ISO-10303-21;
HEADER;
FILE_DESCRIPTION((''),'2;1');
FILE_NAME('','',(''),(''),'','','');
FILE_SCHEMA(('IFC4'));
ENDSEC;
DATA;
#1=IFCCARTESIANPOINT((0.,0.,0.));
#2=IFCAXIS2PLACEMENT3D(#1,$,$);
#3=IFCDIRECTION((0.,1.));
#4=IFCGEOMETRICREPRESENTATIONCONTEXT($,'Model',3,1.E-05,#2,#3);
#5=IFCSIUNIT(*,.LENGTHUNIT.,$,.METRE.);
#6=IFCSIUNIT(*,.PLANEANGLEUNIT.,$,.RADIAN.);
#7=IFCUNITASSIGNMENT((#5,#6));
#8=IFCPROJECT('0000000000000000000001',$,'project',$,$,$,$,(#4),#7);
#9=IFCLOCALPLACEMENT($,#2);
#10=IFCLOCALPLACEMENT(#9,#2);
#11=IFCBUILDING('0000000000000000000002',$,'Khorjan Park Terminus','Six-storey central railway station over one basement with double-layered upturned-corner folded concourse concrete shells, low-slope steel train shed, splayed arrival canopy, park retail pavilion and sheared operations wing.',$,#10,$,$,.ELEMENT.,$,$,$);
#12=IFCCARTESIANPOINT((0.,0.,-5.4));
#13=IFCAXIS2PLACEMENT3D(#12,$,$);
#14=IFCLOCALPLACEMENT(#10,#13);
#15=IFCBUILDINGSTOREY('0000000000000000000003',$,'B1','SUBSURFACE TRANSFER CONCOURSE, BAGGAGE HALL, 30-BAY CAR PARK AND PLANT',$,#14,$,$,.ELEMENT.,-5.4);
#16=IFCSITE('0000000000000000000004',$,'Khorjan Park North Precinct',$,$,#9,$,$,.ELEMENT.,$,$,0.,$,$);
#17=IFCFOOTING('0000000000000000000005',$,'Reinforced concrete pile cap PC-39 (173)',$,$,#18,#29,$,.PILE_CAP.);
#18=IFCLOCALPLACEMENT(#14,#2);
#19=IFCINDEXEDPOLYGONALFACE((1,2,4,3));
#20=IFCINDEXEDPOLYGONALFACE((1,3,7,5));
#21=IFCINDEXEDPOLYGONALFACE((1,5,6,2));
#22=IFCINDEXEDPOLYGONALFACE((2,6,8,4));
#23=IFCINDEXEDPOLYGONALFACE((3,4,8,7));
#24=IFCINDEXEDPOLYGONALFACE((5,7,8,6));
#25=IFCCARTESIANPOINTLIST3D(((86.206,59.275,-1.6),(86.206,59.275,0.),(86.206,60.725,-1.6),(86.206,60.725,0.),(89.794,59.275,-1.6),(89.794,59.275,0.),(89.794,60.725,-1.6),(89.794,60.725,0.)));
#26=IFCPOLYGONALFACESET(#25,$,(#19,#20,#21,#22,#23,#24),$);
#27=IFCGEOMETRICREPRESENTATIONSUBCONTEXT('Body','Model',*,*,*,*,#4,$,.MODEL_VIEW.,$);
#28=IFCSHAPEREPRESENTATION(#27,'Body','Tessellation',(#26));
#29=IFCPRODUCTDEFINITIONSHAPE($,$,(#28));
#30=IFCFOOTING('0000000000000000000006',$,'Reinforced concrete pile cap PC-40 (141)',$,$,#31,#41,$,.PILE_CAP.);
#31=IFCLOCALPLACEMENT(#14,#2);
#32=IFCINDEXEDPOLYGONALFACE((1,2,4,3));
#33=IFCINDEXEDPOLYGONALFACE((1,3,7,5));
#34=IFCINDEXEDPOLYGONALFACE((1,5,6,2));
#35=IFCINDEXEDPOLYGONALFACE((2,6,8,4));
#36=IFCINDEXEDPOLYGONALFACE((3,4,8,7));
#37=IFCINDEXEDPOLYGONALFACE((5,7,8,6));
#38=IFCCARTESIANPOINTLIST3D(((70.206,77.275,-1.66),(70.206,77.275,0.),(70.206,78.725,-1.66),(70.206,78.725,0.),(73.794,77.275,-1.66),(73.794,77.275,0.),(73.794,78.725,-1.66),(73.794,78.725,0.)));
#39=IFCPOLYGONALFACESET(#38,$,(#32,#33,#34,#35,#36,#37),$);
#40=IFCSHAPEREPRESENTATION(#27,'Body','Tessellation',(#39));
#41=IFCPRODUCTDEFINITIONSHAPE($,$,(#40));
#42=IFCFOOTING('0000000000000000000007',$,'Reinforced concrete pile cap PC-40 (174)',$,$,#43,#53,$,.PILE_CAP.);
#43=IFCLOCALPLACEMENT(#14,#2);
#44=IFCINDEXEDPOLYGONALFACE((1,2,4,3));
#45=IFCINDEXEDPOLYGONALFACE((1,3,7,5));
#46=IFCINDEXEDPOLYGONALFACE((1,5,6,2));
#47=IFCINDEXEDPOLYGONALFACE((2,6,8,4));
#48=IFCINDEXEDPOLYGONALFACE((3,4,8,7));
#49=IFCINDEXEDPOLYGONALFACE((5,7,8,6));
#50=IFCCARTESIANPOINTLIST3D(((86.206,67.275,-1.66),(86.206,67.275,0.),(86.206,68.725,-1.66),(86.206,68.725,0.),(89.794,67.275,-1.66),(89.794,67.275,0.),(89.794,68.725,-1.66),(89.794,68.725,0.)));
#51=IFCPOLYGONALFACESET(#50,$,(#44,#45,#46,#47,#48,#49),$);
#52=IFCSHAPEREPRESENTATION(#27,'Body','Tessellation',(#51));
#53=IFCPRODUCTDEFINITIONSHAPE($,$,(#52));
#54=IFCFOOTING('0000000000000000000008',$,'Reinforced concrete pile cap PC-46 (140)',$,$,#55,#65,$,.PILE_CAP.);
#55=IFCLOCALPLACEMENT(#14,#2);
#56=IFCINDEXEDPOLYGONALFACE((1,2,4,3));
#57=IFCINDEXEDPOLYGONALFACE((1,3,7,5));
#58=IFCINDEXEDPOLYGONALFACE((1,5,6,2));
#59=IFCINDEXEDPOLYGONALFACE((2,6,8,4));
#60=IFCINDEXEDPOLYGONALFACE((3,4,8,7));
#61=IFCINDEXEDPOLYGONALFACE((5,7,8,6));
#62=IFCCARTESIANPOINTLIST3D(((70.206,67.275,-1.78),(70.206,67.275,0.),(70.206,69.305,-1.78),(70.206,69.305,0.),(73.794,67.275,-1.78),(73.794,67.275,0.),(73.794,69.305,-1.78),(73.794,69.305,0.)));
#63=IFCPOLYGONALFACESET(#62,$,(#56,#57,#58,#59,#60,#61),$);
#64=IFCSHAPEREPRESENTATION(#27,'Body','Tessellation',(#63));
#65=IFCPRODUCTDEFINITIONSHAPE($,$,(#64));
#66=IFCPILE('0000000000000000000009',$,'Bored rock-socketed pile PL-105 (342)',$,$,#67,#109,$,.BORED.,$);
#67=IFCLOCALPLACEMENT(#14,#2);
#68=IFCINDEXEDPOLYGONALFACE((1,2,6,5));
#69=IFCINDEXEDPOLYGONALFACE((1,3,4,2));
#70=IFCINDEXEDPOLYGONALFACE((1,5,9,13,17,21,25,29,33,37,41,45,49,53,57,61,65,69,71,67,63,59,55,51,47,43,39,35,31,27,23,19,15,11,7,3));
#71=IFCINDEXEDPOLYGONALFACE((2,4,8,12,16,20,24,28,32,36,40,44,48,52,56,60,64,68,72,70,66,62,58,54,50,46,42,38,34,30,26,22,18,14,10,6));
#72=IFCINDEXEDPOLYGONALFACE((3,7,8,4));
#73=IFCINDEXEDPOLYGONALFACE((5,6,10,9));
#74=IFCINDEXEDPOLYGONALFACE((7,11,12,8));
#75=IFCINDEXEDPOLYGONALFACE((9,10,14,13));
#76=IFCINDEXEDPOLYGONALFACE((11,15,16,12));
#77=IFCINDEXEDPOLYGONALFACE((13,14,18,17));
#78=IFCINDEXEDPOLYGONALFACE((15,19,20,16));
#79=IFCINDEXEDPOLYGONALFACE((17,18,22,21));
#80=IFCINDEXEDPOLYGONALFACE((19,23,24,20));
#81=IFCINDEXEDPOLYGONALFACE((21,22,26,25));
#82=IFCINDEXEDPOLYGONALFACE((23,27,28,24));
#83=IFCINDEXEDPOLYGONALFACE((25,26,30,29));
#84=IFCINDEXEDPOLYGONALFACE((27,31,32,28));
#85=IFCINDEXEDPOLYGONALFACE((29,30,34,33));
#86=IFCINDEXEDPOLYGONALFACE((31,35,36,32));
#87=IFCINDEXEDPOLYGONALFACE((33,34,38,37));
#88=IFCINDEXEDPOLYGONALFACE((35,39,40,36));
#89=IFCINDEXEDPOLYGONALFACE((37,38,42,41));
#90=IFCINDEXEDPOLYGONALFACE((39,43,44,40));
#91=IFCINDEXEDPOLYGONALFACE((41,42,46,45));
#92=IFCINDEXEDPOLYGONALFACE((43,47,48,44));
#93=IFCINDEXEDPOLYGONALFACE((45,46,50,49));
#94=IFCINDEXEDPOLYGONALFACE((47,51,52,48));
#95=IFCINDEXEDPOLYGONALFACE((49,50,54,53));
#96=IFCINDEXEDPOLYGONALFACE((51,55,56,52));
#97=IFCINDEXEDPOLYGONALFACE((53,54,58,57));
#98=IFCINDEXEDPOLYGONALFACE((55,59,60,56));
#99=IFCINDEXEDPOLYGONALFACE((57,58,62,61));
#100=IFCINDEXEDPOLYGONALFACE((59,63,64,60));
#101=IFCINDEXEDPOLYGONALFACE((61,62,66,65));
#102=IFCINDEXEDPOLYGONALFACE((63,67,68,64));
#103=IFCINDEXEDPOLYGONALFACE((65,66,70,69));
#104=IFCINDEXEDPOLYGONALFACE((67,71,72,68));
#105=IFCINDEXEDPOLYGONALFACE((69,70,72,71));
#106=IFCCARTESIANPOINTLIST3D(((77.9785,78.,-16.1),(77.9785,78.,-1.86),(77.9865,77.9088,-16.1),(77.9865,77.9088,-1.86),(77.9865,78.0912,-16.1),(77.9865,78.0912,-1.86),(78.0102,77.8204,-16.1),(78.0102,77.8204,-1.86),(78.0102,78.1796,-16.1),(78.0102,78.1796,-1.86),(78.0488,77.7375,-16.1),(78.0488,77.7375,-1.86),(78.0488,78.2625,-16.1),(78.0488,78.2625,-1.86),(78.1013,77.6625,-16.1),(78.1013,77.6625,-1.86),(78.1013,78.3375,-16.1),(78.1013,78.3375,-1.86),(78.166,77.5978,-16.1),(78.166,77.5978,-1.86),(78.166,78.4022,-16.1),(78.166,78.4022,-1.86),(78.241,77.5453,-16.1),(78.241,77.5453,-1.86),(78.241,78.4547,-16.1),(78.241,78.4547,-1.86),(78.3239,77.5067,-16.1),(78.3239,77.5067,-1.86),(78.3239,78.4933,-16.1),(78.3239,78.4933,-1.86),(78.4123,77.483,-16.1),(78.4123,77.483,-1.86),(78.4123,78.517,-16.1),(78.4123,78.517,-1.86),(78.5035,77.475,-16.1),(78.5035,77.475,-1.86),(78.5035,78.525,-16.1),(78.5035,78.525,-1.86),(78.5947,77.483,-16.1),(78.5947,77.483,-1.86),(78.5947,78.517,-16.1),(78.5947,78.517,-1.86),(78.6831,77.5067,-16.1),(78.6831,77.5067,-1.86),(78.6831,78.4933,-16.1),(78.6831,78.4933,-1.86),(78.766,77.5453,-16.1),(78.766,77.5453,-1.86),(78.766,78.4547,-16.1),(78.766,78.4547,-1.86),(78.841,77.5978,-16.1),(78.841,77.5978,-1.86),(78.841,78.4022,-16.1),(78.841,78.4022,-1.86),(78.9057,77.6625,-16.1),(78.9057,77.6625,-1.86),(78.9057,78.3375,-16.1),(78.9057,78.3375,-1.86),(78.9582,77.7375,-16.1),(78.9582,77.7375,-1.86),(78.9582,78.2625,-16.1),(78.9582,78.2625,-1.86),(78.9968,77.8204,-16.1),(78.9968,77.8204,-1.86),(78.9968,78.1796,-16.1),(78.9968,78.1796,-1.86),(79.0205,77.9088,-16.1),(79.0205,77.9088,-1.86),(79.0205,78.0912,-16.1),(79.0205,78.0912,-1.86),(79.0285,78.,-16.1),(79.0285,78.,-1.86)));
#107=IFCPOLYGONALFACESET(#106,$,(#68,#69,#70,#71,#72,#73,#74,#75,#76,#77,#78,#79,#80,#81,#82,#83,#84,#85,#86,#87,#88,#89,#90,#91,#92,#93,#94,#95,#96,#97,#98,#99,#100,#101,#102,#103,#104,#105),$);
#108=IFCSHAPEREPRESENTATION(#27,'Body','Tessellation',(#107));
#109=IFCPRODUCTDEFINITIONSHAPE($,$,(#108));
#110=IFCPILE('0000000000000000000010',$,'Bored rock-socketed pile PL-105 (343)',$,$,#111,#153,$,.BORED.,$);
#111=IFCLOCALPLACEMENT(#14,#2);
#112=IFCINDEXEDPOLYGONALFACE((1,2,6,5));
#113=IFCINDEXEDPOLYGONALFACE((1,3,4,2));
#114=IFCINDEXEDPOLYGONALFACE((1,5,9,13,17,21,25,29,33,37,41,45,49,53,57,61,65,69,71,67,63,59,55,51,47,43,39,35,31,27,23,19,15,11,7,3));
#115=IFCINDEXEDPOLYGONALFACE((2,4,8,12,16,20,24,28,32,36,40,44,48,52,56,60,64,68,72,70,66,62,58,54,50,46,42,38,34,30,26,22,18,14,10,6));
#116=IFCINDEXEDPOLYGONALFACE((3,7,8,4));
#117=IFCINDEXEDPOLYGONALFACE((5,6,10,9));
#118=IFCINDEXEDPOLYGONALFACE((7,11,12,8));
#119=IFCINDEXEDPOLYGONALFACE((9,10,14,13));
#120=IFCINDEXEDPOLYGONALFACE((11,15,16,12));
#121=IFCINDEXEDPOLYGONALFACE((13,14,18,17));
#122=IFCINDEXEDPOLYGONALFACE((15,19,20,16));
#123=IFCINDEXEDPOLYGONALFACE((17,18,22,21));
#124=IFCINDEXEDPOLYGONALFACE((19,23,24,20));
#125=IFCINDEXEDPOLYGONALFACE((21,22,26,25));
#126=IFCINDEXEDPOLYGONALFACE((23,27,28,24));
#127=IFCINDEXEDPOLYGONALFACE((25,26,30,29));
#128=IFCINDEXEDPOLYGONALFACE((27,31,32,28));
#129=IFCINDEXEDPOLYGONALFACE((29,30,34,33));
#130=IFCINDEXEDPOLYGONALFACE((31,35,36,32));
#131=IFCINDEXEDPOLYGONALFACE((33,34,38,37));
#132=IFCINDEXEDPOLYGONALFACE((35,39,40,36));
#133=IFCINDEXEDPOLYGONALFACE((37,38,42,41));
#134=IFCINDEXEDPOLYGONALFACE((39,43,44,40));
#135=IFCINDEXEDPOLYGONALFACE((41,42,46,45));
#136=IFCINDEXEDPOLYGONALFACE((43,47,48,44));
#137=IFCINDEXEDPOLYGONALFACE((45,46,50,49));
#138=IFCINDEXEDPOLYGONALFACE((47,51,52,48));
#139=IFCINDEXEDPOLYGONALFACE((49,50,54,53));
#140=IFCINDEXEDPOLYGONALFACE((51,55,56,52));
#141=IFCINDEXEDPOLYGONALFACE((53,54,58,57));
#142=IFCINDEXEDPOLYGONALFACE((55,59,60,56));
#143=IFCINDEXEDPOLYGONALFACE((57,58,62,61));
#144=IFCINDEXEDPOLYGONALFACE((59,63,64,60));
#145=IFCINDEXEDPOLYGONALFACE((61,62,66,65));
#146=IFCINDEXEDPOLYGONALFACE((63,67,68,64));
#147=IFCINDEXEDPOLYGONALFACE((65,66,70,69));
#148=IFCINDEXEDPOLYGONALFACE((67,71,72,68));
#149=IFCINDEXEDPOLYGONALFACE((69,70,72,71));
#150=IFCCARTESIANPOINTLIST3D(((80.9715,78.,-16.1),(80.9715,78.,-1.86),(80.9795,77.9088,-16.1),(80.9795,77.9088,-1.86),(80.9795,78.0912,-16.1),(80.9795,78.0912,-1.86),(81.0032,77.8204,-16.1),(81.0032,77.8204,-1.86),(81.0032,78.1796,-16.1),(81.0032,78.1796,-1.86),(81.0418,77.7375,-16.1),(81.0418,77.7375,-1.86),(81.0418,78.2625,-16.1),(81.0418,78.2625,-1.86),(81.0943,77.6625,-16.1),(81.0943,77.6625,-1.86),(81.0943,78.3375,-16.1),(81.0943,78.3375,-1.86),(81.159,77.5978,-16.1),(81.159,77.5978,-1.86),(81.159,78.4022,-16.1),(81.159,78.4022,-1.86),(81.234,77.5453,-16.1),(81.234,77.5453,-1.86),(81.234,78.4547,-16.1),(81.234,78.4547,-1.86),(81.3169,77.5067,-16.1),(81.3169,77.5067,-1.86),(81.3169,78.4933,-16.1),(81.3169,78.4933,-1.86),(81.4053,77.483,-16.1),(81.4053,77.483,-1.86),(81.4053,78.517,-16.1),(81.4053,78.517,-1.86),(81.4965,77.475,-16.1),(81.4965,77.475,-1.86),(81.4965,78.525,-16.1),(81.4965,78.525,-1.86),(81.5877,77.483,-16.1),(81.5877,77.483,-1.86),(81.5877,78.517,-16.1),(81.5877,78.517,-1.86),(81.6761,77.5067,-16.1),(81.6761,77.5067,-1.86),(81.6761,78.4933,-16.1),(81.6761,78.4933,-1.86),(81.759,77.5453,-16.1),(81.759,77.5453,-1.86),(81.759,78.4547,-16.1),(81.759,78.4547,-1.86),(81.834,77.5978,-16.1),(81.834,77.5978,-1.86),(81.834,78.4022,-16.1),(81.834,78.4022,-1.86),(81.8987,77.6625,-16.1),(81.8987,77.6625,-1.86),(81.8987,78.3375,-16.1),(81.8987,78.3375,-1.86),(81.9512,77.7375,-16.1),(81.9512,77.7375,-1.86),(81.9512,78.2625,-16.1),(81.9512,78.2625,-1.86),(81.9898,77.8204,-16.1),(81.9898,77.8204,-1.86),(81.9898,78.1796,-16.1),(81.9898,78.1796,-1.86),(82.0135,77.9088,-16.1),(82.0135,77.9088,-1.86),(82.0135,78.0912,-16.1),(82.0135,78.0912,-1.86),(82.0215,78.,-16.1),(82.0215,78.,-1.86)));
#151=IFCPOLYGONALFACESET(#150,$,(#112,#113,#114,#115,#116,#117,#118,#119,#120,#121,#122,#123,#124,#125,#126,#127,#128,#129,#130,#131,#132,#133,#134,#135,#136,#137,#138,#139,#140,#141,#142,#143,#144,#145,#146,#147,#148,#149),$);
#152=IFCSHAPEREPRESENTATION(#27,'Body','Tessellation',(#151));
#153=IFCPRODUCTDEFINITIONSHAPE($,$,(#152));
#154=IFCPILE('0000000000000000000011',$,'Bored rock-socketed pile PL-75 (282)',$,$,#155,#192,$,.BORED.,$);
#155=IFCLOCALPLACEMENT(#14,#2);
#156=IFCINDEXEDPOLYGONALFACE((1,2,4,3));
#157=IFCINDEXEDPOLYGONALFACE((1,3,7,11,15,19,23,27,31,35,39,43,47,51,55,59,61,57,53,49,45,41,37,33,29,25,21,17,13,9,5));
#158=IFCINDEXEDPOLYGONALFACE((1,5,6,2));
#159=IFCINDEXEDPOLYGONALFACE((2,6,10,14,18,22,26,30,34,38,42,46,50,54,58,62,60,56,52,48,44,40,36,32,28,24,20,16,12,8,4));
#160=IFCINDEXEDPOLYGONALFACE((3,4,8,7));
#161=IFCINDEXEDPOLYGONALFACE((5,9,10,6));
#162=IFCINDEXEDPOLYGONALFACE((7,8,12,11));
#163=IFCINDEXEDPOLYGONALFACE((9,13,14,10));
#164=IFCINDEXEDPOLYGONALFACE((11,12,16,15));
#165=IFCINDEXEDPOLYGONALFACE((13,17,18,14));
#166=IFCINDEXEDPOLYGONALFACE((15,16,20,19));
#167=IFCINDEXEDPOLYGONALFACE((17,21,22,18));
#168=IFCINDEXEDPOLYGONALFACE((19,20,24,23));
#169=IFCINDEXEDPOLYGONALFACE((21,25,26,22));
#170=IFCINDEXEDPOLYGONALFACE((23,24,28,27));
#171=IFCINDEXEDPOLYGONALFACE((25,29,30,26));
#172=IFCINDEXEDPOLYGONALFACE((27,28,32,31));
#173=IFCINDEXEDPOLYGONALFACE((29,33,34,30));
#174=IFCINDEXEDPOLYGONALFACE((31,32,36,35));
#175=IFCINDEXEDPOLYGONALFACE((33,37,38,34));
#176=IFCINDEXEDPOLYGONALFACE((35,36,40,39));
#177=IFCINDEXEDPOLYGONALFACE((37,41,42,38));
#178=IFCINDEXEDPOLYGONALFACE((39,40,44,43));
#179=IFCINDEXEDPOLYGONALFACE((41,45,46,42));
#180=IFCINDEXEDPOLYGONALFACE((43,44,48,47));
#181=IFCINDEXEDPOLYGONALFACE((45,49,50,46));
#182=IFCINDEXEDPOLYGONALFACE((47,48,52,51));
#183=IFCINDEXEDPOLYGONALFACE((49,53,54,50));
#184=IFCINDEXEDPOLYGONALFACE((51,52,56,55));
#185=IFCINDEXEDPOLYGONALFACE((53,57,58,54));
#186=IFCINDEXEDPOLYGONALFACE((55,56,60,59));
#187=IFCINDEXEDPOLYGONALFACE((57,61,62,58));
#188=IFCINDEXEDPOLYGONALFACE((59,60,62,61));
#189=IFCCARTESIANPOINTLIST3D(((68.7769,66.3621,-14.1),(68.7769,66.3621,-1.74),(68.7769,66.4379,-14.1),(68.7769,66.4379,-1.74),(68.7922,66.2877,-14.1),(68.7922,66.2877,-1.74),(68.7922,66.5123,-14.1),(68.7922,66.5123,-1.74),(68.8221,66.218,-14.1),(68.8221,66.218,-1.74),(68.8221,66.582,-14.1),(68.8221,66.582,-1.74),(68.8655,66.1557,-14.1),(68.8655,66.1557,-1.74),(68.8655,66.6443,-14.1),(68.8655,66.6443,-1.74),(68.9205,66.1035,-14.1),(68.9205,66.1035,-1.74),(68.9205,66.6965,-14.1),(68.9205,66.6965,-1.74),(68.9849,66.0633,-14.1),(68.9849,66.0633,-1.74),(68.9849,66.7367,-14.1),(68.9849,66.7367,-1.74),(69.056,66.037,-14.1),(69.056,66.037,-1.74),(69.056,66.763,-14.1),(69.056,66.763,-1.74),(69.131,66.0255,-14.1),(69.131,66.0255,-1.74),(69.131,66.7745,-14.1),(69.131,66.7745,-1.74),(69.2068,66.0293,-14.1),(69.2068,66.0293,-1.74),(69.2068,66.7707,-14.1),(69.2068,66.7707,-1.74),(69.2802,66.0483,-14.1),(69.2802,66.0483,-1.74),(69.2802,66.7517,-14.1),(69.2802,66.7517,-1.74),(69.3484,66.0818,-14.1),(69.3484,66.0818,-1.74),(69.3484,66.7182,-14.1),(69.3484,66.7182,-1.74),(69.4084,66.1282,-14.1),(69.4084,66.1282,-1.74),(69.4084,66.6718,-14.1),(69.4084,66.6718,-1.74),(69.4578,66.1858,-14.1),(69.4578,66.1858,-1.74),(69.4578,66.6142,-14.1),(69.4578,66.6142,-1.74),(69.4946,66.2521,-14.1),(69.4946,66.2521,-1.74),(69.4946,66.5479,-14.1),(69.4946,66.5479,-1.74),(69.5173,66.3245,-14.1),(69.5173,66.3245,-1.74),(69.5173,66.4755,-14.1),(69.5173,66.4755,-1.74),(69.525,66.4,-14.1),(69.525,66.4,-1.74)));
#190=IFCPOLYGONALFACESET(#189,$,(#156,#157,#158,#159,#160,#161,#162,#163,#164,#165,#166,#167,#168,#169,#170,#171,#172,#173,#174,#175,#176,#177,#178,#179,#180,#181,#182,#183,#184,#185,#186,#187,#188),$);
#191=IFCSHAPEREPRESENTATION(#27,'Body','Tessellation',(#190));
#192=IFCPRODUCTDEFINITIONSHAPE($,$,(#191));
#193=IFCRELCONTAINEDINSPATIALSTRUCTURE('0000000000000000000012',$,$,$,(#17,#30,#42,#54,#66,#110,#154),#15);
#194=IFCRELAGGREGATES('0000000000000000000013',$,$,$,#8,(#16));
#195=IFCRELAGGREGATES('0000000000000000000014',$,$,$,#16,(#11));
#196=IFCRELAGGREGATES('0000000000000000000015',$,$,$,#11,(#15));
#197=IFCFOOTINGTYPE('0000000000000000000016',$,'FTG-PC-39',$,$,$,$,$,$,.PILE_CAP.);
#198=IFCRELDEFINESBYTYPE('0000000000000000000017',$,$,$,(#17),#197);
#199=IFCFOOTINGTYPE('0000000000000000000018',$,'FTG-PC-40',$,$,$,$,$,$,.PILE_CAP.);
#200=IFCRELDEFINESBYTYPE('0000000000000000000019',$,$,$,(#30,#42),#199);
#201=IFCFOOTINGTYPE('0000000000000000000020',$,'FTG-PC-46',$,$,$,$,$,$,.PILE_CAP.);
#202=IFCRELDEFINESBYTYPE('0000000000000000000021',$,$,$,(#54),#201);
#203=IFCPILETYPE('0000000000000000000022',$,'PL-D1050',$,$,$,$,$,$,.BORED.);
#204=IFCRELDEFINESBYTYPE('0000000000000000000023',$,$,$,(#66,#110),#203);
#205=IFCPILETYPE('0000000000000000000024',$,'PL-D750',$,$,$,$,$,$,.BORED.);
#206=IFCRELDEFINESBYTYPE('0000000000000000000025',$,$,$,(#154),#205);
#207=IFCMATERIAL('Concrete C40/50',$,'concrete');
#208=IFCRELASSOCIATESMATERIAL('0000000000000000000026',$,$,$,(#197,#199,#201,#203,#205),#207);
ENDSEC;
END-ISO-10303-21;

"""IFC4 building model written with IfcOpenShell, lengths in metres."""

from ifc_helpers import new_model, si_unit, direction, frame, origin, origin_2d, place, context, subcontext, project, spatial, rectangle, circle, extrude, material, material_profile, profile_set, type_object, element, save


model = new_model("IFC4")

# Units and contexts
model_context = context("Model", 3, precision=1e-05, world=origin(), true_north=direction((0.0, 1.0)))
body_context = subcontext(model_context, "Body", "Model", "MODEL_VIEW")
ifc_project = project(units=[si_unit("LENGTHUNIT", "METRE"), si_unit("PLANEANGLEUNIT", "RADIAN")], contexts=[model_context])

# Site, building, storey
site_placement = place(None, origin())
site = spatial("IfcSite", under=ifc_project, at=site_placement, Name="Khorjan Park North Precinct", CompositionType="ELEMENT", RefElevation=0.0)
building_placement = place(site_placement, origin())
building = spatial("IfcBuilding", under=site, at=building_placement, Name="Khorjan Park Terminus", Description="Six-storey central railway station over one basement with double-layered upturned-corner folded concourse concrete shells, low-slope steel train shed, splayed arrival canopy, park retail pavilion and sheared operations wing.", CompositionType="ELEMENT")
storey_placement = place(building_placement, frame((0.0, 0.0, -5.4)))
storey = spatial("IfcBuildingStorey", under=building, at=storey_placement, Name="B1", Description="SUBSURFACE TRANSFER CONCOURSE, BAGGAGE HALL, 30-BAY CAR PARK AND PLANT", CompositionType="ELEMENT", Elevation=-5.4)

# Footings
ifc_material_1 = material(Name="Concrete C40/50", Category="concrete")
footing_type_1 = type_object("IfcFootingType", Name="FTG-PC-39", PredefinedType="PILE_CAP", material=ifc_material_1)
footing_1_placement = place(storey_placement, frame((88.0, 60.0, -1.6), z_axis=(0.0, 0.0, 1.0), x_axis=(1.0, 0.0, 0.0)))
element("IfcFooting", 1, at=footing_1_placement, inside=storey, type_object=footing_type_1, Name="Reinforced concrete pile cap PC-39 (173)", PredefinedType="PILE_CAP", context=body_context, shape_type="SweptSolid", body=[
    extrude(rectangle(XDim=3.588, YDim=1.45, at=origin_2d()), origin(), (0.0, 0.0, 1.0), 1.6),
])
footing_type_2 = type_object("IfcFootingType", Name="FTG-PC-40", PredefinedType="PILE_CAP", material=ifc_material_1)
for number, where, z_axis, x_axis, name in (
    (2, (72.0, 78.0, -1.66), (0.0, 0.0, 1.0), (1.0, 0.0, 0.0), "Reinforced concrete pile cap PC-40 (141)"),
    (3, (88.0, 68.0, -1.66), (0.0, 0.0, 1.0), (1.0, 0.0, 0.0), "Reinforced concrete pile cap PC-40 (174)"),
):
    element("IfcFooting", number, at=place(storey_placement, frame(where, z_axis=z_axis, x_axis=x_axis)), inside=storey, type_object=footing_type_2, Name=name, PredefinedType="PILE_CAP", context=body_context, shape_type="SweptSolid", body=[
        extrude(rectangle(XDim=3.588, YDim=1.45, at=origin_2d()), origin(), (0.0, 0.0, 1.0), 1.66),
    ])
footing_type_3 = type_object("IfcFootingType", Name="FTG-PC-46", PredefinedType="PILE_CAP", material=ifc_material_1)
footing_2_placement = place(storey_placement, frame((72.0, 68.29, -1.78), z_axis=(0.0, 0.0, 1.0), x_axis=(1.0, 0.0, 0.0)))
element("IfcFooting", 4, at=footing_2_placement, inside=storey, type_object=footing_type_3, Name="Reinforced concrete pile cap PC-46 (140)", PredefinedType="PILE_CAP", context=body_context, shape_type="SweptSolid", body=[
    extrude(rectangle(XDim=3.588, YDim=2.03, at=origin_2d()), origin(), (0.0, 0.0, 1.0), 1.78),
])

# Piles
ifc_material_profile_1 = material_profile(ifc_material_1, circle(Radius=0.525, at=origin_2d()), Name="BORED D1050")
ifc_profile_set_1 = profile_set([ifc_material_profile_1], Name="Concrete C40/50")
pile_type_1 = type_object("IfcPileType", Name="PL-D1050", PredefinedType="BORED", material=ifc_profile_set_1)
for number, where, z_axis, x_axis, name in (
    (5, (78.5035, 78.0, -1.86), (0.0, 0.0, -1.0), (1.0, 0.0, 0.0), "Bored rock-socketed pile PL-105 (342)"),
    (6, (81.4965, 78.0, -1.86), (0.0, 0.0, -1.0), (1.0, 0.0, 0.0), "Bored rock-socketed pile PL-105 (343)"),
):
    element("IfcPile", number, at=place(storey_placement, frame(where, z_axis=z_axis, x_axis=x_axis)), inside=storey, type_object=pile_type_1, Name=name, PredefinedType="BORED", context=body_context, shape_type="SweptSolid", body=[
        extrude(circle(Radius=0.525, at=origin_2d()), origin(), (0.0, 0.0, 1.0), 14.24),
    ])
ifc_material_profile_2 = material_profile(ifc_material_1, circle(Radius=0.375, at=origin_2d()), Name="BORED D750")
ifc_profile_set_2 = profile_set([ifc_material_profile_2], Name="Concrete C40/50")
pile_type_2 = type_object("IfcPileType", Name="PL-D750", PredefinedType="BORED", material=ifc_profile_set_2)
pile_1_placement = place(storey_placement, frame((69.15, 66.4, -1.74), z_axis=(0.0, 0.0, -1.0), x_axis=(1.0, 0.0, 0.0)))
element("IfcPile", 7, at=pile_1_placement, inside=storey, type_object=pile_type_2, Name="Bored rock-socketed pile PL-75 (282)", PredefinedType="BORED", context=body_context, shape_type="SweptSolid", body=[
    extrude(circle(Radius=0.375, at=origin_2d()), origin(), (0.0, 0.0, 1.0), 12.36),
])

save(model, "model.ifc")
